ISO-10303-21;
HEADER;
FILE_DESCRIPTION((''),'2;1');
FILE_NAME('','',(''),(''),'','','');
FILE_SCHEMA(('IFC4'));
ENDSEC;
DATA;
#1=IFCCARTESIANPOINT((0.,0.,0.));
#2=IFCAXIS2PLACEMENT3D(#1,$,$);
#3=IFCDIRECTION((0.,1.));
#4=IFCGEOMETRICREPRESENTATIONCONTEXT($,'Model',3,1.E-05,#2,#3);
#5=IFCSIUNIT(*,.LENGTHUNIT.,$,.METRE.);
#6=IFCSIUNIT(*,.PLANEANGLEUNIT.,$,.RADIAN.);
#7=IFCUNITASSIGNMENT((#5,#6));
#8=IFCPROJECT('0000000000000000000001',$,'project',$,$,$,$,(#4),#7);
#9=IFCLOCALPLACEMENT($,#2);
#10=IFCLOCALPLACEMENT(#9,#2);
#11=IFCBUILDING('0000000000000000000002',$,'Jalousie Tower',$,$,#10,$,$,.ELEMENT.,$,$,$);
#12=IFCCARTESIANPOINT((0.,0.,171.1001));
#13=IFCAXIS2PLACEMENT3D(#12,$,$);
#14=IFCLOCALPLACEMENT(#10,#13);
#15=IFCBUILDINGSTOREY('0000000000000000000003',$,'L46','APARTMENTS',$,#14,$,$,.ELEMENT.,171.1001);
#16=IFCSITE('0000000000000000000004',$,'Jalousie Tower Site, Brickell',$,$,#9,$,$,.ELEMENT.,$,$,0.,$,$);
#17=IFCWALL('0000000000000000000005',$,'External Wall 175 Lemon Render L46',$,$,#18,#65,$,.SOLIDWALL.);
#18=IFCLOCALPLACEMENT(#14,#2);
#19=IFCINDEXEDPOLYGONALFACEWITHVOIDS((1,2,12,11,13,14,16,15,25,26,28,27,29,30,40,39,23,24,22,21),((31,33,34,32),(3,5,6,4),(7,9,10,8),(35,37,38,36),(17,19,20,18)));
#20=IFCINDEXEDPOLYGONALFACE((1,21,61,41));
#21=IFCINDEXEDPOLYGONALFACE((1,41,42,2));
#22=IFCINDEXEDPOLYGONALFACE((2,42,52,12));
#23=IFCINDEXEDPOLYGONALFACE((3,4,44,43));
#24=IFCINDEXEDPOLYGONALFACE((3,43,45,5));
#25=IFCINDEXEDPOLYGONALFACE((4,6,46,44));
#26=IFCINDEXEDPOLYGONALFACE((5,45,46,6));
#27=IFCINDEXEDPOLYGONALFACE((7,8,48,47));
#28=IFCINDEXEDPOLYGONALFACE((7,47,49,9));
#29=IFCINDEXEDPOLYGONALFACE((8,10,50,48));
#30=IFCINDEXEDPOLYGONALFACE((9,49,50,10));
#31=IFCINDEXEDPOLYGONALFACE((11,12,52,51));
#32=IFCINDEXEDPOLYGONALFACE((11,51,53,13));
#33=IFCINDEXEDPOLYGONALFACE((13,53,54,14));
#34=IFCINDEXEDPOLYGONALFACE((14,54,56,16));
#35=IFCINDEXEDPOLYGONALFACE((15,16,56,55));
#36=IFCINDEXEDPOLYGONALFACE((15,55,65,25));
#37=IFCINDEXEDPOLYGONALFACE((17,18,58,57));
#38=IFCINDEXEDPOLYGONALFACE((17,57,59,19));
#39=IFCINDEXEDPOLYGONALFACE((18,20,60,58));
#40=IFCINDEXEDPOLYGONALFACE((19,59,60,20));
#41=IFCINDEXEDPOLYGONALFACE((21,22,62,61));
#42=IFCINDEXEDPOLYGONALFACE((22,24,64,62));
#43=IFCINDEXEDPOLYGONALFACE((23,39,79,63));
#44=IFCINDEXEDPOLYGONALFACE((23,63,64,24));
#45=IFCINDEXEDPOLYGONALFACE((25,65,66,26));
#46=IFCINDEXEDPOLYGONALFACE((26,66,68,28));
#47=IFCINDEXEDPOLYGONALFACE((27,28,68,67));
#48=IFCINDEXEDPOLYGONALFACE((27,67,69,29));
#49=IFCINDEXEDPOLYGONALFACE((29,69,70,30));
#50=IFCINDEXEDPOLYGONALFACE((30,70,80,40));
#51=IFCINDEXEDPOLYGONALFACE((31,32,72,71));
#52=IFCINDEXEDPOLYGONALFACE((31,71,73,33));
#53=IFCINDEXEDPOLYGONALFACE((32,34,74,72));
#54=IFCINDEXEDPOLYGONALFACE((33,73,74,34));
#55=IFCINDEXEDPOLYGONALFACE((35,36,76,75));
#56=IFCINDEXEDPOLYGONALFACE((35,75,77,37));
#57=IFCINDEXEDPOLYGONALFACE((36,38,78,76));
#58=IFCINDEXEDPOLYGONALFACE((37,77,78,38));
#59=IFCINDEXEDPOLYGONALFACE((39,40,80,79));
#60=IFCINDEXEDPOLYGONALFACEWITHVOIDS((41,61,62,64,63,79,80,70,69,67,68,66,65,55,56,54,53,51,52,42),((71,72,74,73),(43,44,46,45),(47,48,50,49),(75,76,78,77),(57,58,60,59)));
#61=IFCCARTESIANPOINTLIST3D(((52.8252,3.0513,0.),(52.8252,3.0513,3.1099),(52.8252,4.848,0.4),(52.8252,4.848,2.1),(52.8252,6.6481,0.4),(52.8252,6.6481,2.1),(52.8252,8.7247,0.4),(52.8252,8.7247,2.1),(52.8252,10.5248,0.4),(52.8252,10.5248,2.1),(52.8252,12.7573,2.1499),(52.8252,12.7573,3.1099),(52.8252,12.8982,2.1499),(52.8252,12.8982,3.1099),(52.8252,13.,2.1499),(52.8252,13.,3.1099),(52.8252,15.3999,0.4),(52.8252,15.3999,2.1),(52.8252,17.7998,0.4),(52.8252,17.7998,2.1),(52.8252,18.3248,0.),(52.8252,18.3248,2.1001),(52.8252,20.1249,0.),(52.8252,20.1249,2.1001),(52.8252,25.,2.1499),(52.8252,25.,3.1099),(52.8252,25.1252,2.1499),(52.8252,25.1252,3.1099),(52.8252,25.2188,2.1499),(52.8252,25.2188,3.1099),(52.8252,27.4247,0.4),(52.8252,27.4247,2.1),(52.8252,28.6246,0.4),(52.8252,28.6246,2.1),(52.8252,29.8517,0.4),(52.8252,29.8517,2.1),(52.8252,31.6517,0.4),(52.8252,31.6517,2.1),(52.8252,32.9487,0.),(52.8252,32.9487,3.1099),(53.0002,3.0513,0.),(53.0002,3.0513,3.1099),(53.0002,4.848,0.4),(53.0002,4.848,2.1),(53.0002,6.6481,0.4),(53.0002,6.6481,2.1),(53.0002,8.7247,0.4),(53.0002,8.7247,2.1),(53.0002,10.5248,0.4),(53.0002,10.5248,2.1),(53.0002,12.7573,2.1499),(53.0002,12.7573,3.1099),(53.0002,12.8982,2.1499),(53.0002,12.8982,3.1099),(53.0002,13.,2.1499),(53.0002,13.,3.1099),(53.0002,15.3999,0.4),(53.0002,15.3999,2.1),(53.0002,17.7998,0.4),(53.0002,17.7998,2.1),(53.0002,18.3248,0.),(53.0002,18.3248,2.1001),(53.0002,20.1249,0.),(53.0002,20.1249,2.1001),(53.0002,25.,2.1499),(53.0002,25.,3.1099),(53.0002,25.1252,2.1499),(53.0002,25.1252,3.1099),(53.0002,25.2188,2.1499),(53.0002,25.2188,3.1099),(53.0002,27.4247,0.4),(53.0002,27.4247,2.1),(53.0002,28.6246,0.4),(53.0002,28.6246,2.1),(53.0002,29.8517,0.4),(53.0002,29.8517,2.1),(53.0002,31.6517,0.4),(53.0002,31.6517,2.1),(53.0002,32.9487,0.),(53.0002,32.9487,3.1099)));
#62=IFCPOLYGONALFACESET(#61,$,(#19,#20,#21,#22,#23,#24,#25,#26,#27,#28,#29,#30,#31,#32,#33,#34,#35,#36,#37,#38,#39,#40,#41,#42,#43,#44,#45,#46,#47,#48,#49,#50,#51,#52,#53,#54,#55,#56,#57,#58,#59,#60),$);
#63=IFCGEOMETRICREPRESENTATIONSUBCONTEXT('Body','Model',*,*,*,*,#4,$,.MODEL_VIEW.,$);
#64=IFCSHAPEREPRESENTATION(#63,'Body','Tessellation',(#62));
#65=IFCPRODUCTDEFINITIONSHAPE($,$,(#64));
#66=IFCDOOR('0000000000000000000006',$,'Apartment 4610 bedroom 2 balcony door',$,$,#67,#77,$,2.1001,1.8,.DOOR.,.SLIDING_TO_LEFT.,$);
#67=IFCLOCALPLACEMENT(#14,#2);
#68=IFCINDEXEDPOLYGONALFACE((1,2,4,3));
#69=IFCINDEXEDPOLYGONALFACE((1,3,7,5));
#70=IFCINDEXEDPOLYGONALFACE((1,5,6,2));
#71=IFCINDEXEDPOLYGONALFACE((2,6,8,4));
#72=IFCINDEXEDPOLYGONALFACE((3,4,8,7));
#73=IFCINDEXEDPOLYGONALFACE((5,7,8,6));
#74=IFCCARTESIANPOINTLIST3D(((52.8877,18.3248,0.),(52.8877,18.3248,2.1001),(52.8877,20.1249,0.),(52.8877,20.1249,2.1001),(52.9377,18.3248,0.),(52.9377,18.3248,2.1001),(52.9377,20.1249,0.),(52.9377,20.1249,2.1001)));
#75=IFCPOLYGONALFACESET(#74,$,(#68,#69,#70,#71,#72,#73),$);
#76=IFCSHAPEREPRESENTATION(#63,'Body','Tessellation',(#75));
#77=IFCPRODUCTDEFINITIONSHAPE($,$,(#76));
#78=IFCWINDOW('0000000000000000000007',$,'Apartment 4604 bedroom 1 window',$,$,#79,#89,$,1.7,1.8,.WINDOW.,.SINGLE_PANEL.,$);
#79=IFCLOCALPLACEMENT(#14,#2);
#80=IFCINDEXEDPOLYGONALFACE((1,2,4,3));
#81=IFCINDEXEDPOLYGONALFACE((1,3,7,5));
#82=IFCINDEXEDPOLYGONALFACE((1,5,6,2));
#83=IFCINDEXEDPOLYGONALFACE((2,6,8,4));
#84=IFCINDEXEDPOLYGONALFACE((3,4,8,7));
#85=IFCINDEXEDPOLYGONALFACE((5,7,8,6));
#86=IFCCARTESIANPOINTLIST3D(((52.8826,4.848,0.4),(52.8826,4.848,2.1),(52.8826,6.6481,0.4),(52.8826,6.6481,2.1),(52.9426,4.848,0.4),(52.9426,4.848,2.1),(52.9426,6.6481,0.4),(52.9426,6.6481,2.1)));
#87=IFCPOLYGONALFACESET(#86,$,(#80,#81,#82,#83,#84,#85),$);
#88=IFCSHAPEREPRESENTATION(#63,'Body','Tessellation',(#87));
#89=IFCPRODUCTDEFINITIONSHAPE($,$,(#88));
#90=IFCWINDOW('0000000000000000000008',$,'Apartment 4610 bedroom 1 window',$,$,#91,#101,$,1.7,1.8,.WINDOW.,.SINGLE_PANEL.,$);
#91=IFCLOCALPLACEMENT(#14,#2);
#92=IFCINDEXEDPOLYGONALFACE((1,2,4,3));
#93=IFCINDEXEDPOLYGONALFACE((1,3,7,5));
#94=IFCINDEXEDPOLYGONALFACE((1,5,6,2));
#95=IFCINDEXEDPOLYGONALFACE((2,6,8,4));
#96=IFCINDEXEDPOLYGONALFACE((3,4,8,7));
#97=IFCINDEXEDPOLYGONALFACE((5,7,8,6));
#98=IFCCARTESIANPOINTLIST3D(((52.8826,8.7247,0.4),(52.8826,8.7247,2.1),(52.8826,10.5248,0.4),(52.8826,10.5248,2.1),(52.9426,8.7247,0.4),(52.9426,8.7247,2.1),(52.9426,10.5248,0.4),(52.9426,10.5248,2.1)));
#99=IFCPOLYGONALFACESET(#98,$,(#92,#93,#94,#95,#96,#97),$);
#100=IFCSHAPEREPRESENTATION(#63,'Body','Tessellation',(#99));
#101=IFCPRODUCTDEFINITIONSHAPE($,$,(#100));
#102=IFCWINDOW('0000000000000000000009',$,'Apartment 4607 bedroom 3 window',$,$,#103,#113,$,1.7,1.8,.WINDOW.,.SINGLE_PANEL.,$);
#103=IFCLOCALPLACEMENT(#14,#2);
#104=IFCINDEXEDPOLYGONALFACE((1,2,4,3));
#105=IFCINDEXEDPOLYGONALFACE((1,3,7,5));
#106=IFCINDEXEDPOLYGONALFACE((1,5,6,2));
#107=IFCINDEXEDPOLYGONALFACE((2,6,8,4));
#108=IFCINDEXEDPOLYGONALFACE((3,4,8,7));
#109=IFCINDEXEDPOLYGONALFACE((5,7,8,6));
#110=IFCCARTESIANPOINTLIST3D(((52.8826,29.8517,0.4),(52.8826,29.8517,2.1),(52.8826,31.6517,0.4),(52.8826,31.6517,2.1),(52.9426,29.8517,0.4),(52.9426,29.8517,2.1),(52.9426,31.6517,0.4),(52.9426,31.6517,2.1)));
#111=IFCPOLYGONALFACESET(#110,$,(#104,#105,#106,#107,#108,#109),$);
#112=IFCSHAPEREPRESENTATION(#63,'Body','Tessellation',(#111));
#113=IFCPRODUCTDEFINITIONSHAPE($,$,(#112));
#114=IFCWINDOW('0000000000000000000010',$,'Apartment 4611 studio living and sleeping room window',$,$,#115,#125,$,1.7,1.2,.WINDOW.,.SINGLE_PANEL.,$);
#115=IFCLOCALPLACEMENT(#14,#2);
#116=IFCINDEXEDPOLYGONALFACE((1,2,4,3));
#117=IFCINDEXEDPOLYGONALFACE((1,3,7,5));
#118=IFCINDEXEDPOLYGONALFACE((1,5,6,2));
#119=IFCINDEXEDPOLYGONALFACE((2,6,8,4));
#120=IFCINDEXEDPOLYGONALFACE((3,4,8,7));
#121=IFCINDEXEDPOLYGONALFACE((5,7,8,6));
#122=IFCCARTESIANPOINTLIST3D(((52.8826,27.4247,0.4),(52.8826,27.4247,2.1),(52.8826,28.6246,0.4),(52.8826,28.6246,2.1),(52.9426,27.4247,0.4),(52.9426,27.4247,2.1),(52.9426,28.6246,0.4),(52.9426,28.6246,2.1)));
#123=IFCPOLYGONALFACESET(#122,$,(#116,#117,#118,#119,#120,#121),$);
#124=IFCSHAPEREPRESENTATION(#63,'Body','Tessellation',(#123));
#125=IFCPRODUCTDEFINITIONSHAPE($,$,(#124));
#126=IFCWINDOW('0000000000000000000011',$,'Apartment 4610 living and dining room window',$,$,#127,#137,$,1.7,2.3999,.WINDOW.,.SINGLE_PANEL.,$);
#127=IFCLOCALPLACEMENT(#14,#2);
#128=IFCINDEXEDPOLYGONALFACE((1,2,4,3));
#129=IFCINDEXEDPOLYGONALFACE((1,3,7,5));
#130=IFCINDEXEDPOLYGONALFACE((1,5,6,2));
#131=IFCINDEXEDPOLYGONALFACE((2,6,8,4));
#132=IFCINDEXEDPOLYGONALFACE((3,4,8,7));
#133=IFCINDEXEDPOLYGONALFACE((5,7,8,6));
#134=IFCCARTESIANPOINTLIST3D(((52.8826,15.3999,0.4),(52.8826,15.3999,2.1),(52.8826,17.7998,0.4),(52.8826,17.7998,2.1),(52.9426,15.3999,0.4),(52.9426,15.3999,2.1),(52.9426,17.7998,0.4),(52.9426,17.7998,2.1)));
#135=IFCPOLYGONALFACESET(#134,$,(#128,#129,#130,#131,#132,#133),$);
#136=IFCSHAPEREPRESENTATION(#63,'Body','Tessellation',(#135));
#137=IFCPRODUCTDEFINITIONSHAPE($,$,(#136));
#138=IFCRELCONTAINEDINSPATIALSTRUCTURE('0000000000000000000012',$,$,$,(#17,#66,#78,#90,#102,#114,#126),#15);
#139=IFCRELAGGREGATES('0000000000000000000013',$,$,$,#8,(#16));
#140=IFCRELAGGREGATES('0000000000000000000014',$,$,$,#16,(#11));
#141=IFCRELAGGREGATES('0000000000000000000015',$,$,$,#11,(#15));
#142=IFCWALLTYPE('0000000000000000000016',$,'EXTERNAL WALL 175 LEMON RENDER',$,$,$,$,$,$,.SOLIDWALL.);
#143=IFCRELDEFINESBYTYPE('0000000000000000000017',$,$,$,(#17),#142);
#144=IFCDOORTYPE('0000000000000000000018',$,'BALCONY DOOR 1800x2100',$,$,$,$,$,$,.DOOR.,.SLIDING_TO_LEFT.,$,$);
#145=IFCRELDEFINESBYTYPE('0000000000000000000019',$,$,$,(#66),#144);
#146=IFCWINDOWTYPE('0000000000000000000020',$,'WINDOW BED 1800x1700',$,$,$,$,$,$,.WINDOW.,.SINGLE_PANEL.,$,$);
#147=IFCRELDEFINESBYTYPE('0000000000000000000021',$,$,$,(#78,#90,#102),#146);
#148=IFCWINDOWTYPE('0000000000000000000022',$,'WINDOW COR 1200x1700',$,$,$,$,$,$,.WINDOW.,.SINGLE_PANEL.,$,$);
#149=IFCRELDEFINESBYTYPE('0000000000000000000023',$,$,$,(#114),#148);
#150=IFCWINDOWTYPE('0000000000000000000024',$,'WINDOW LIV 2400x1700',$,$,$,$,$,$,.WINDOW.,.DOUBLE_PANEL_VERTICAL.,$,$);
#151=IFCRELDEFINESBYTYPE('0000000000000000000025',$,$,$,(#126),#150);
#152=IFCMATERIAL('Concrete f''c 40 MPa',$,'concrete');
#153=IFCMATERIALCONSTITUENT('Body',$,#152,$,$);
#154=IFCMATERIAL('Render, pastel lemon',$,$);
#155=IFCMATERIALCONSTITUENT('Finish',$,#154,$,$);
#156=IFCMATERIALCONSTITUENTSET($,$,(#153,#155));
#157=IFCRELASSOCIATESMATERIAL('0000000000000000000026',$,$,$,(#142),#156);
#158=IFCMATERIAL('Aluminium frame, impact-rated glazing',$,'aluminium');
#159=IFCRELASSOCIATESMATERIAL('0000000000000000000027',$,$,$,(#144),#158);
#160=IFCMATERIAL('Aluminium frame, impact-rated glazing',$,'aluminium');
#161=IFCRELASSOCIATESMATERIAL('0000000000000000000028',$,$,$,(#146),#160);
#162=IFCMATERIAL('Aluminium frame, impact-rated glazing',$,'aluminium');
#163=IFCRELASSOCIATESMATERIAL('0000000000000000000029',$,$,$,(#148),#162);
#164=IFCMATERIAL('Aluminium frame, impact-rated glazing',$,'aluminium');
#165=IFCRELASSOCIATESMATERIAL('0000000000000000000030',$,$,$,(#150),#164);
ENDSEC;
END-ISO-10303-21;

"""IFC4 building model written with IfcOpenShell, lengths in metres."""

from ifc_helpers import new_model, si_unit, direction, frame, frame_2d, origin, place, context, subcontext, project, spatial, polyline, rectangle, outline, extrude, material, constituent, constituent_set, type_object, element, fill, save


model = new_model("IFC4")

# Units and contexts
model_context = context("Model", 3, precision=1e-05, world=origin(), true_north=direction((0.0, 1.0)))
body_context = subcontext(model_context, "Body", "Model", "MODEL_VIEW")
ifc_project = project(units=[si_unit("LENGTHUNIT", "METRE"), si_unit("PLANEANGLEUNIT", "RADIAN")], contexts=[model_context])

# Site, building, storey
site_placement = place(None, origin())
site = spatial("IfcSite", under=ifc_project, at=site_placement, Name="Jalousie Tower Site, Brickell", CompositionType="ELEMENT", RefElevation=0.0)
building_placement = place(site_placement, origin())
building = spatial("IfcBuilding", under=site, at=building_placement, Name="Jalousie Tower", CompositionType="ELEMENT")
storey_placement = place(building_placement, frame((0.0, 0.0, 171.1001)))
storey = spatial("IfcBuildingStorey", under=building, at=storey_placement, Name="L46", Description="APARTMENTS", CompositionType="ELEMENT", Elevation=171.1001)

# Wall, openings, door, windows
ifc_material_1 = material(Name="Concrete f'c 40 MPa", Category="concrete")
ifc_constituent_1 = constituent(ifc_material_1, Name="Body")
ifc_material_2 = material(Name="Render, pastel lemon")
ifc_constituent_2 = constituent(ifc_material_2, Name="Finish")
ifc_constituent_set_1 = constituent_set(constituents=[ifc_constituent_1, ifc_constituent_2])
wall_type_1 = type_object("IfcWallType", Name="EXTERNAL WALL 175 LEMON RENDER", PredefinedType="SOLIDWALL", material=ifc_constituent_set_1)
wall_1_placement = place(storey_placement, frame((52.9126, 3.0513, 0.0), z_axis=(0.0, 0.0, 1.0), x_axis=(0.0, 1.0, 0.0)))
wall_1 = element("IfcWall", 1, at=wall_1_placement, inside=storey, type_object=wall_type_1, Name="External Wall 175 Lemon Render L46", PredefinedType="SOLIDWALL", context=body_context, shape_type="SweptSolid", body=[
    extrude(outline(polyline([(0.0, 0.0), (29.8975, 0.0), (29.8975, 3.1099), (22.1675, 3.1099), (22.1675, 2.1499), (22.074, 2.1499), (22.074, 3.1099), (21.9487, 3.1099), (21.9487, 2.1499), (9.9487, 2.1499), (9.9487, 3.1099), (9.8469, 3.1099), (9.8469, 2.1499), (9.7061, 2.1499), (9.7061, 3.1099), (0.0, 3.1099), (0.0, 0.0)])), frame((0.0, 0.0874, 0.0), z_axis=(0.0, -1.0, 0.0), x_axis=(1.0, 0.0, 0.0)), (0.0, 0.0, 1.0), 0.175),
])
opening_1_placement = place(wall_1_placement, frame((1.7969, 0.0, 0.3999)))
opening_1 = element("IfcOpeningElement", 2, at=opening_1_placement, cuts=wall_1, PredefinedType="OPENING", context=body_context, shape_type="SweptSolid", body=[
    extrude(rectangle(XDim=1.8, YDim=1.7, at=frame_2d((0.8999, 0.8501))), frame((0.0, 0.0974, 0.0), z_axis=(0.0, -1.0, 0.0), x_axis=(1.0, 0.0, 0.0)), (0.0, 0.0, 1.0), 0.1951),
])
opening_2_placement = place(wall_1_placement, frame((5.6736, 0.0, 0.3999)))
opening_2 = element("IfcOpeningElement", 3, at=opening_2_placement, cuts=wall_1, PredefinedType="OPENING", context=body_context, shape_type="SweptSolid", body=[
    extrude(rectangle(XDim=1.8, YDim=1.7, at=frame_2d((0.8999, 0.8501))), frame((0.0, 0.0974, 0.0), z_axis=(0.0, -1.0, 0.0), x_axis=(1.0, 0.0, 0.0)), (0.0, 0.0, 1.0), 0.1951),
])
opening_3_placement = place(wall_1_placement, frame((12.3486, 0.0, 0.3999)))
opening_3 = element("IfcOpeningElement", 4, at=opening_3_placement, cuts=wall_1, PredefinedType="OPENING", context=body_context, shape_type="SweptSolid", body=[
    extrude(rectangle(XDim=2.3999, YDim=1.7, at=frame_2d((1.2, 0.8501))), frame((0.0, 0.0974, 0.0), z_axis=(0.0, -1.0, 0.0), x_axis=(1.0, 0.0, 0.0)), (0.0, 0.0, 1.0), 0.1951),
])
opening_4_placement = place(wall_1_placement, frame((15.2737, 0.0, 0.0)))
opening_4 = element("IfcOpeningElement", 5, at=opening_4_placement, cuts=wall_1, PredefinedType="OPENING", context=body_context, shape_type="SweptSolid", body=[
    extrude(rectangle(XDim=1.8, YDim=2.1001, at=frame_2d((0.8999, 1.05))), frame((0.0, 0.0974, 0.0), z_axis=(0.0, -1.0, 0.0), x_axis=(1.0, 0.0, 0.0)), (0.0, 0.0, 1.0), 0.1951),
])
opening_5_placement = place(wall_1_placement, frame((24.3733, 0.0, 0.3999)))
opening_5 = element("IfcOpeningElement", 6, at=opening_5_placement, cuts=wall_1, PredefinedType="OPENING", context=body_context, shape_type="SweptSolid", body=[
    extrude(rectangle(XDim=1.2, YDim=1.7, at=frame_2d((0.6001, 0.8501))), frame((0.0, 0.0974, 0.0), z_axis=(0.0, -1.0, 0.0), x_axis=(1.0, 0.0, 0.0)), (0.0, 0.0, 1.0), 0.1951),
])
opening_6_placement = place(wall_1_placement, frame((26.8005, 0.0, 0.3999)))
opening_6 = element("IfcOpeningElement", 7, at=opening_6_placement, cuts=wall_1, PredefinedType="OPENING", context=body_context, shape_type="SweptSolid", body=[
    extrude(rectangle(XDim=1.8, YDim=1.7, at=frame_2d((0.8999, 0.8501))), frame((0.0, 0.0974, 0.0), z_axis=(0.0, -1.0, 0.0), x_axis=(1.0, 0.0, 0.0)), (0.0, 0.0, 1.0), 0.1951),
])
ifc_material_3 = material(Name="Aluminium frame, impact-rated glazing", Category="aluminium")
door_type_1 = type_object("IfcDoorType", Name="BALCONY DOOR 1800x2100", OperationType="SLIDING_TO_LEFT", PredefinedType="DOOR", material=ifc_material_3)
door_1_placement = place(opening_4_placement, origin())
door_1 = element("IfcDoor", 8, at=door_1_placement, inside=storey, type_object=door_type_1, Name="Apartment 4610 bedroom 2 balcony door", OperationType="SLIDING_TO_LEFT", OverallHeight=2.1001, OverallWidth=1.8, PredefinedType="DOOR", context=body_context, shape_type="SweptSolid", body=[
    extrude(rectangle(XDim=1.8, YDim=2.1001, at=frame_2d((0.8999, 1.05))), frame((0.0, 0.0249, 0.0), z_axis=(0.0, -1.0, 0.0), x_axis=(1.0, 0.0, 0.0)), (0.0, 0.0, 1.0), 0.05),
])
fill(opening_4, door_1)
ifc_material_4 = material(Name="Aluminium frame, impact-rated glazing", Category="aluminium")
window_type_1 = type_object("IfcWindowType", Name="WINDOW BED 1800x1700", PartitioningType="SINGLE_PANEL", PredefinedType="WINDOW", material=ifc_material_4)
window_1_placement = place(opening_1_placement, origin())
window_1 = element("IfcWindow", 9, at=window_1_placement, inside=storey, type_object=window_type_1, Name="Apartment 4604 bedroom 1 window", OverallHeight=1.7, OverallWidth=1.8, PartitioningType="SINGLE_PANEL", PredefinedType="WINDOW", context=body_context, shape_type="SweptSolid", body=[
    extrude(rectangle(XDim=1.8, YDim=1.7, at=frame_2d((0.8999, 0.8501))), frame((0.0, 0.03, 0.0), z_axis=(0.0, -1.0, 0.0), x_axis=(1.0, 0.0, 0.0)), (0.0, 0.0, 1.0), 0.0601),
])
fill(opening_1, window_1)
window_2_placement = place(opening_2_placement, origin())
window_2 = element("IfcWindow", 10, at=window_2_placement, inside=storey, type_object=window_type_1, Name="Apartment 4610 bedroom 1 window", OverallHeight=1.7, OverallWidth=1.8, PartitioningType="SINGLE_PANEL", PredefinedType="WINDOW", context=body_context, shape_type="SweptSolid", body=[
    extrude(rectangle(XDim=1.8, YDim=1.7, at=frame_2d((0.8999, 0.8501))), frame((0.0, 0.03, 0.0), z_axis=(0.0, -1.0, 0.0), x_axis=(1.0, 0.0, 0.0)), (0.0, 0.0, 1.0), 0.0601),
])
fill(opening_2, window_2)
window_3_placement = place(opening_6_placement, origin())
window_3 = element("IfcWindow", 11, at=window_3_placement, inside=storey, type_object=window_type_1, Name="Apartment 4607 bedroom 3 window", OverallHeight=1.7, OverallWidth=1.8, PartitioningType="SINGLE_PANEL", PredefinedType="WINDOW", context=body_context, shape_type="SweptSolid", body=[
    extrude(rectangle(XDim=1.8, YDim=1.7, at=frame_2d((0.8999, 0.8501))), frame((0.0, 0.03, 0.0), z_axis=(0.0, -1.0, 0.0), x_axis=(1.0, 0.0, 0.0)), (0.0, 0.0, 1.0), 0.0601),
])
fill(opening_6, window_3)
ifc_material_5 = material(Name="Aluminium frame, impact-rated glazing", Category="aluminium")
window_type_2 = type_object("IfcWindowType", Name="WINDOW COR 1200x1700", PartitioningType="SINGLE_PANEL", PredefinedType="WINDOW", material=ifc_material_5)
window_4_placement = place(opening_5_placement, origin())
window_4 = element("IfcWindow", 12, at=window_4_placement, inside=storey, type_object=window_type_2, Name="Apartment 4611 studio living and sleeping room window", OverallHeight=1.7, OverallWidth=1.2, PartitioningType="SINGLE_PANEL", PredefinedType="WINDOW", context=body_context, shape_type="SweptSolid", body=[
    extrude(rectangle(XDim=1.2, YDim=1.7, at=frame_2d((0.6001, 0.8501))), frame((0.0, 0.03, 0.0), z_axis=(0.0, -1.0, 0.0), x_axis=(1.0, 0.0, 0.0)), (0.0, 0.0, 1.0), 0.0601),
])
fill(opening_5, window_4)
ifc_material_6 = material(Name="Aluminium frame, impact-rated glazing", Category="aluminium")
window_type_3 = type_object("IfcWindowType", Name="WINDOW LIV 2400x1700", PartitioningType="DOUBLE_PANEL_VERTICAL", PredefinedType="WINDOW", material=ifc_material_6)
window_5_placement = place(opening_3_placement, origin())
window_5 = element("IfcWindow", 13, at=window_5_placement, inside=storey, type_object=window_type_3, Name="Apartment 4610 living and dining room window", OverallHeight=1.7, OverallWidth=2.3999, PartitioningType="SINGLE_PANEL", PredefinedType="WINDOW", context=body_context, shape_type="SweptSolid", body=[
    extrude(rectangle(XDim=2.3999, YDim=1.7, at=frame_2d((1.2, 0.8501))), frame((0.0, 0.03, 0.0), z_axis=(0.0, -1.0, 0.0), x_axis=(1.0, 0.0, 0.0)), (0.0, 0.0, 1.0), 0.0601),
])
fill(opening_3, window_5)

save(model, "model.ifc")
